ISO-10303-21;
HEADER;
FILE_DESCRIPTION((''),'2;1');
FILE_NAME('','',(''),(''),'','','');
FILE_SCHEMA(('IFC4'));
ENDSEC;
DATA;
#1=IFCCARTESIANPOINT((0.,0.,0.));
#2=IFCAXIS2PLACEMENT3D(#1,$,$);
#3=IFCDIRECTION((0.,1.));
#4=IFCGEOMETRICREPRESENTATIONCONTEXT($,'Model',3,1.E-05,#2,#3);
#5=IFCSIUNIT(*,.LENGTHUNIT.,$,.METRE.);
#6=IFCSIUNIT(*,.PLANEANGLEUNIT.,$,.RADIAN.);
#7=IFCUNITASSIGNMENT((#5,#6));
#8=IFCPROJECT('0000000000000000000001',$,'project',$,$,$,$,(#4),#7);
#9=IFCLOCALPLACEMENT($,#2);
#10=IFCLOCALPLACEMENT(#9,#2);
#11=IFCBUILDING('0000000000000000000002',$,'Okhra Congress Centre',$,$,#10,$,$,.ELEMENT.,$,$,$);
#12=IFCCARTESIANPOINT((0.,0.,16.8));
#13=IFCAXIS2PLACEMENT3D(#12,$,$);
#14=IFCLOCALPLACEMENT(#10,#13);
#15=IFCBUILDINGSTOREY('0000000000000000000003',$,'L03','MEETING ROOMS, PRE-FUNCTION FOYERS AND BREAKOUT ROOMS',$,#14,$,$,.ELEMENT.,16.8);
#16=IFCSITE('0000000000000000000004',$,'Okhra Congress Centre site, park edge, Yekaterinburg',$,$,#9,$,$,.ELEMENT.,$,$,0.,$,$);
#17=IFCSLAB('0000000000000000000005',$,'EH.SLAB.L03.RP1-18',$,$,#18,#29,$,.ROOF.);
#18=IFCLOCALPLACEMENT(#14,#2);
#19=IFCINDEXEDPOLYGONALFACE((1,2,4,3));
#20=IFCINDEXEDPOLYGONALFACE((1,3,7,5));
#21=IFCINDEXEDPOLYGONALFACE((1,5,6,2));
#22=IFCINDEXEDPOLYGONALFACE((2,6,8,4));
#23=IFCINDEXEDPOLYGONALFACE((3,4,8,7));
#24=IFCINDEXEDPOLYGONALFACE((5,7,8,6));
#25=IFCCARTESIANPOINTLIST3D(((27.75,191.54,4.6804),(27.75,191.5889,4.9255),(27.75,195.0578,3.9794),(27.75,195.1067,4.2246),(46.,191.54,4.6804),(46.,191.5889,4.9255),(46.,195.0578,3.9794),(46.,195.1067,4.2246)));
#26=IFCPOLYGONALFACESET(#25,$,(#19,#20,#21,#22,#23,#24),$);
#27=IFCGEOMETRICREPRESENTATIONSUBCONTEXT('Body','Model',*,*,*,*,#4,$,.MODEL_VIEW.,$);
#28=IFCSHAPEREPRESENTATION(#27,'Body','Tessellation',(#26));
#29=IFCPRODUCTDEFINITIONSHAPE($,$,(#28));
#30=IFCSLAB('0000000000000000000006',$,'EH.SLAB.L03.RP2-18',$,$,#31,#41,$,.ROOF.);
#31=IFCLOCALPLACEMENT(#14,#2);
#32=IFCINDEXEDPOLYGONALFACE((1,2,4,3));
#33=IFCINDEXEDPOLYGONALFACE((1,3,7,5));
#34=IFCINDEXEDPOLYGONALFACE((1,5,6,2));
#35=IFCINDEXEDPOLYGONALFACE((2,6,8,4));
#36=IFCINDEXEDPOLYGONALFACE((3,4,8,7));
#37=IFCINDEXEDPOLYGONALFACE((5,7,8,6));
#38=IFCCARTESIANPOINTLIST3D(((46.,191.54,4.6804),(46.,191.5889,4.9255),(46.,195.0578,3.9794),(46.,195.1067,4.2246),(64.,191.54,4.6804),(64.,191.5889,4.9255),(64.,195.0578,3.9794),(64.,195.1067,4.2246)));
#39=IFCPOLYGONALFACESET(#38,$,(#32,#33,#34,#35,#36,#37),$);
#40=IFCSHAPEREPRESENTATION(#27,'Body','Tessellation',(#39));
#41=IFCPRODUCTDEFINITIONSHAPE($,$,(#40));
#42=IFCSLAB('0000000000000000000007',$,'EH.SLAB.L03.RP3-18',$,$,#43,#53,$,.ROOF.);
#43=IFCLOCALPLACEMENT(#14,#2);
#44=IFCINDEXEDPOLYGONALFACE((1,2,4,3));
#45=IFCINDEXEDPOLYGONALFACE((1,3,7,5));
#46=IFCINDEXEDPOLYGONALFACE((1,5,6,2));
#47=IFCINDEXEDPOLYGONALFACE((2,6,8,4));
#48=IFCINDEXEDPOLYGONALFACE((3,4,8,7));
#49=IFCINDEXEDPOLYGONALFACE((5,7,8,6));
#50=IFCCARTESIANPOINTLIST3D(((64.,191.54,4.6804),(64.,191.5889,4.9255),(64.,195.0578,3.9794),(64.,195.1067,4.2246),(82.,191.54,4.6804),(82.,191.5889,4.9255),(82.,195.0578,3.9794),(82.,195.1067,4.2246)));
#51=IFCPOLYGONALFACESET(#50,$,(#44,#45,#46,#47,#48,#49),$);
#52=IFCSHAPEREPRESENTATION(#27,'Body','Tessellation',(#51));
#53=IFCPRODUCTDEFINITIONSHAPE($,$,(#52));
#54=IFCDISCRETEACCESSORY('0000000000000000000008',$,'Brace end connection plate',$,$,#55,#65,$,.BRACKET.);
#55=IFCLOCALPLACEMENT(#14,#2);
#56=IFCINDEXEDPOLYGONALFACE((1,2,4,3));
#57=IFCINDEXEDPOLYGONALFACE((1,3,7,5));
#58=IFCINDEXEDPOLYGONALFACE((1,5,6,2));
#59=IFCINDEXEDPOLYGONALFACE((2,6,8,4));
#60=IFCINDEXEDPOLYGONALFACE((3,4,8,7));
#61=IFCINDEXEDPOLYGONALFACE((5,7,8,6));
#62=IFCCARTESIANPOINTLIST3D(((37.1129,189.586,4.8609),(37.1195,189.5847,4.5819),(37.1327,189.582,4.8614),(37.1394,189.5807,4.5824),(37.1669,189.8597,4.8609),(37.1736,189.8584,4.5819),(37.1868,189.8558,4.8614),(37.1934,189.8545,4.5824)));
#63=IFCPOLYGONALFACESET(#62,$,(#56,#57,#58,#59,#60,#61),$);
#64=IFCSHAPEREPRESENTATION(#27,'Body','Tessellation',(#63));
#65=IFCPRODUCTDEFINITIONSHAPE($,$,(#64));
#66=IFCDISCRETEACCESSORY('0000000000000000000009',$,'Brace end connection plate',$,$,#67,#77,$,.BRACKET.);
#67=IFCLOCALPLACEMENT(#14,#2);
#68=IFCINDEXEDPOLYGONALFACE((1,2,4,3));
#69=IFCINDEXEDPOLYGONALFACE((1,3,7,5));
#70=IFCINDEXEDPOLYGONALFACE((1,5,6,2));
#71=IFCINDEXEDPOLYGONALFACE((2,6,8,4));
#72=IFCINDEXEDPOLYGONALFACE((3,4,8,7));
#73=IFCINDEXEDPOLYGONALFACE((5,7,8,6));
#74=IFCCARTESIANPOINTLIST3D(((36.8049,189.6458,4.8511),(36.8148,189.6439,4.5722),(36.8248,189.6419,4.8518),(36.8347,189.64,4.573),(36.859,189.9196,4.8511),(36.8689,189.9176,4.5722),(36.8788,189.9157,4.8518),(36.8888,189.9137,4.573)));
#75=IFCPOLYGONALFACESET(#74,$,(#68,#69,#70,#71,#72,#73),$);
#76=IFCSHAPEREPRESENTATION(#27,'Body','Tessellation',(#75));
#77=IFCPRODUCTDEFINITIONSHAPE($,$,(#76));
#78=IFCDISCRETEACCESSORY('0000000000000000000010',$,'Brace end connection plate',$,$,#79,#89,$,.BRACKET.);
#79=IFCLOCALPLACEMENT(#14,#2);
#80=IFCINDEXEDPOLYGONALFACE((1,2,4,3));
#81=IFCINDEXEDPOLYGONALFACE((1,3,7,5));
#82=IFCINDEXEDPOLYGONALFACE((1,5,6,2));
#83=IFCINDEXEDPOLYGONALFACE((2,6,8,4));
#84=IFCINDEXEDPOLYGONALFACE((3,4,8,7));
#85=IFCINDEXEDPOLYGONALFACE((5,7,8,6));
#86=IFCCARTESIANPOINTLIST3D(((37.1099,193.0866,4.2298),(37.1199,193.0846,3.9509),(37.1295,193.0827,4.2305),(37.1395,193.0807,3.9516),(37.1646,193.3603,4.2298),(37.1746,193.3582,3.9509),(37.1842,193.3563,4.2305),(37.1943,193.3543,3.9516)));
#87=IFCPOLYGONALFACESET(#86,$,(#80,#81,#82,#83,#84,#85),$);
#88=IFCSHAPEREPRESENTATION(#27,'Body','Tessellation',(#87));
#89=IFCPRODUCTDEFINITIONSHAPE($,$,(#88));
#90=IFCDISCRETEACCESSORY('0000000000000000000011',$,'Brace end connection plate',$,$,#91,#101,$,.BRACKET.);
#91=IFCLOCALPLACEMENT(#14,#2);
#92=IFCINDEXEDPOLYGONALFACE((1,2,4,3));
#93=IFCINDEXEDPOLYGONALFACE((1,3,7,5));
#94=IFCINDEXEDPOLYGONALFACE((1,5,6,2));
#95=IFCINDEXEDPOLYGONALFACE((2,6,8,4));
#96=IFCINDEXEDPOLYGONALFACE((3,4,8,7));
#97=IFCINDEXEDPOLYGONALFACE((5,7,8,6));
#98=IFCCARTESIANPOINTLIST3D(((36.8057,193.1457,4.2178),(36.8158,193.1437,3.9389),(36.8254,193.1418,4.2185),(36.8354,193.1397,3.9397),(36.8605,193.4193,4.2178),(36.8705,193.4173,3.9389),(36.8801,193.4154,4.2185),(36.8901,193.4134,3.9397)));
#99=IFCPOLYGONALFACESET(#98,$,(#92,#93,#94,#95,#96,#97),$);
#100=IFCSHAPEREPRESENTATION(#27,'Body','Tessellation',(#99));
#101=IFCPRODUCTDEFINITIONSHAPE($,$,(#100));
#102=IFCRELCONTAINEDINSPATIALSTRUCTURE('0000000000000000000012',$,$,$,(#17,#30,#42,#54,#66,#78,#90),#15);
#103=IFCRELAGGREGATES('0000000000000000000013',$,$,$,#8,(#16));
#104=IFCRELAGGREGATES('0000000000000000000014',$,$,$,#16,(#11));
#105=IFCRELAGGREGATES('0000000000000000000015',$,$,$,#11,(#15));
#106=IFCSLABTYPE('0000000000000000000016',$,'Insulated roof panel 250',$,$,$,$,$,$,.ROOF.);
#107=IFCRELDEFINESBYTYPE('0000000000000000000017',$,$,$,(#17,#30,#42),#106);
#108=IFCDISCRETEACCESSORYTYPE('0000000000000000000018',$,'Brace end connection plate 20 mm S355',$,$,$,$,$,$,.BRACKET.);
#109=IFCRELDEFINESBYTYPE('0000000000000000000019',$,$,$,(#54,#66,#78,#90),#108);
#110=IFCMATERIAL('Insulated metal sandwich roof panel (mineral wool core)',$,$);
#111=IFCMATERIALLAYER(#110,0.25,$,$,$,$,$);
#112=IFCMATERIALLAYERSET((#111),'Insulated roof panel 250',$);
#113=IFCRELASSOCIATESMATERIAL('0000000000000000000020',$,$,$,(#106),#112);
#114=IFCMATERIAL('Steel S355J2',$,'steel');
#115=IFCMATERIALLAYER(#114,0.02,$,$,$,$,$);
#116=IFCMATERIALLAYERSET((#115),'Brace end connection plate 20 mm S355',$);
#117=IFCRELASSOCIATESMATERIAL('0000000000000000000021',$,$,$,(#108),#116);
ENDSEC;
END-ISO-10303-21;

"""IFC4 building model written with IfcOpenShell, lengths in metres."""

from ifc_helpers import new_model, si_unit, direction, frame, origin, origin_2d, place, context, subcontext, project, spatial, polyline, rectangle, outline, extrude, material, layer, layer_set, type_object, element, save


model = new_model("IFC4")

# Units and contexts
model_context = context("Model", 3, precision=1e-05, world=origin(), true_north=direction((0.0, 1.0)))
body_context = subcontext(model_context, "Body", "Model", "MODEL_VIEW")
ifc_project = project(units=[si_unit("LENGTHUNIT", "METRE"), si_unit("PLANEANGLEUNIT", "RADIAN")], contexts=[model_context])

# Site, building, storey
site_placement = place(None, origin())
site = spatial("IfcSite", under=ifc_project, at=site_placement, Name="Okhra Congress Centre site, park edge, Yekaterinburg", CompositionType="ELEMENT", RefElevation=0.0)
building_placement = place(site_placement, origin())
building = spatial("IfcBuilding", under=site, at=building_placement, Name="Okhra Congress Centre", CompositionType="ELEMENT")
storey_placement = place(building_placement, frame((0.0, 0.0, 16.8)))
storey = spatial("IfcBuildingStorey", under=building, at=storey_placement, Name="L03", Description="MEETING ROOMS, PRE-FUNCTION FOYERS AND BREAKOUT ROOMS", CompositionType="ELEMENT", Elevation=16.8)

# Shared definitions
ifc_material_1 = material(Name="Steel S355J2", Category="steel")

# Slabs
ifc_material_2 = material(Name="Insulated metal sandwich roof panel (mineral wool core)")
ifc_layer_1 = layer(ifc_material_2, 0.25)
ifc_layer_set_1 = layer_set([ifc_layer_1], Name="Insulated roof panel 250")
slab_type = type_object("IfcSlabType", Name="Insulated roof panel 250", PredefinedType="ROOF", material=ifc_layer_set_1)
slab_placement = place(storey_placement, frame((27.75, 191.5889, 4.9255), z_axis=(0.0, 0.195409, 0.980722), x_axis=(1.0, 0.0, 0.0)))
element("IfcSlab", 1, at=slab_placement, inside=storey, type_object=slab_type, Name="EH.SLAB.L03.RP1-18", PredefinedType="ROOF", context=body_context, shape_type="SweptSolid", body=[
    extrude(outline(polyline([(0.0, 0.0), (18.25, 0.0), (18.25, 3.587), (0.0, 3.587), (0.0, 0.0)])), origin(), (0.0, 0.0, -1.0), 0.25),
])
for number, where, z_axis, x_axis, name in (
    (2, (46.0, 191.5889, 4.9255), (0.0, 0.195409, 0.980722), (1.0, 0.0, 0.0), "EH.SLAB.L03.RP2-18"),
    (3, (64.0, 191.5889, 4.9255), (0.0, 0.195409, 0.980722), (1.0, 0.0, 0.0), "EH.SLAB.L03.RP3-18"),
):
    element("IfcSlab", number, at=place(storey_placement, frame(where, z_axis=z_axis, x_axis=x_axis)), inside=storey, type_object=slab_type, Name=name, PredefinedType="ROOF", context=body_context, shape_type="SweptSolid", body=[
        extrude(outline(polyline([(0.0, 0.0), (18.0, 0.0), (18.0, 3.587), (0.0, 3.587), (0.0, 0.0)])), origin(), (0.0, 0.0, -1.0), 0.25),
    ])

# Discrete accessories
ifc_layer_2 = layer(ifc_material_1, 0.02)
ifc_layer_set_2 = layer_set([ifc_layer_2], Name="Brace end connection plate 20 mm S355")
discrete_accessory_type = type_object("IfcDiscreteAccessoryType", Name="Brace end connection plate 20 mm S355", PredefinedType="BRACKET", material=ifc_layer_set_2)
for number, where, z_axis, x_axis, name in (
    (4, (37.1631, 189.7183, 4.7219), (-0.980756, 0.19373, -0.024216), (-0.193786, -0.981044, 0.0), "Brace end connection plate"),
    (5, (36.8369, 189.7817, 4.7117), (0.980397, -0.193659, 0.036311), (0.193786, 0.981044, 0.0), "Brace end connection plate"),
):
    element("IfcDiscreteAccessory", number, at=place(storey_placement, frame(where, z_axis=z_axis, x_axis=x_axis)), inside=storey, type_object=discrete_accessory_type, Name=name, PredefinedType="BRACKET", context=body_context, shape_type="SweptSolid", body=[
        extrude(rectangle(XDim=0.2791, YDim=0.2791, at=origin_2d()), origin(), (0.0, 0.0, 1.0), 0.0203),
    ])
for number, where, z_axis, x_axis, name in (
    (6, (37.1619, 193.2185, 4.0911), (-0.979918, 0.195984, -0.036747), (-0.196116, -0.980581, 0.0), "Brace end connection plate"),
    (7, (36.8381, 193.2815, 4.0784), (0.979918, -0.195984, 0.036747), (0.196116, 0.980581, 0.0), "Brace end connection plate"),
):
    element("IfcDiscreteAccessory", number, at=place(storey_placement, frame(where, z_axis=z_axis, x_axis=x_axis)), inside=storey, type_object=discrete_accessory_type, Name=name, PredefinedType="BRACKET", context=body_context, shape_type="SweptSolid", body=[
        extrude(rectangle(XDim=0.2791, YDim=0.2791, at=origin_2d()), origin(), (0.0, 0.0, 1.0), 0.02),
    ])

save(model, "model.ifc")
